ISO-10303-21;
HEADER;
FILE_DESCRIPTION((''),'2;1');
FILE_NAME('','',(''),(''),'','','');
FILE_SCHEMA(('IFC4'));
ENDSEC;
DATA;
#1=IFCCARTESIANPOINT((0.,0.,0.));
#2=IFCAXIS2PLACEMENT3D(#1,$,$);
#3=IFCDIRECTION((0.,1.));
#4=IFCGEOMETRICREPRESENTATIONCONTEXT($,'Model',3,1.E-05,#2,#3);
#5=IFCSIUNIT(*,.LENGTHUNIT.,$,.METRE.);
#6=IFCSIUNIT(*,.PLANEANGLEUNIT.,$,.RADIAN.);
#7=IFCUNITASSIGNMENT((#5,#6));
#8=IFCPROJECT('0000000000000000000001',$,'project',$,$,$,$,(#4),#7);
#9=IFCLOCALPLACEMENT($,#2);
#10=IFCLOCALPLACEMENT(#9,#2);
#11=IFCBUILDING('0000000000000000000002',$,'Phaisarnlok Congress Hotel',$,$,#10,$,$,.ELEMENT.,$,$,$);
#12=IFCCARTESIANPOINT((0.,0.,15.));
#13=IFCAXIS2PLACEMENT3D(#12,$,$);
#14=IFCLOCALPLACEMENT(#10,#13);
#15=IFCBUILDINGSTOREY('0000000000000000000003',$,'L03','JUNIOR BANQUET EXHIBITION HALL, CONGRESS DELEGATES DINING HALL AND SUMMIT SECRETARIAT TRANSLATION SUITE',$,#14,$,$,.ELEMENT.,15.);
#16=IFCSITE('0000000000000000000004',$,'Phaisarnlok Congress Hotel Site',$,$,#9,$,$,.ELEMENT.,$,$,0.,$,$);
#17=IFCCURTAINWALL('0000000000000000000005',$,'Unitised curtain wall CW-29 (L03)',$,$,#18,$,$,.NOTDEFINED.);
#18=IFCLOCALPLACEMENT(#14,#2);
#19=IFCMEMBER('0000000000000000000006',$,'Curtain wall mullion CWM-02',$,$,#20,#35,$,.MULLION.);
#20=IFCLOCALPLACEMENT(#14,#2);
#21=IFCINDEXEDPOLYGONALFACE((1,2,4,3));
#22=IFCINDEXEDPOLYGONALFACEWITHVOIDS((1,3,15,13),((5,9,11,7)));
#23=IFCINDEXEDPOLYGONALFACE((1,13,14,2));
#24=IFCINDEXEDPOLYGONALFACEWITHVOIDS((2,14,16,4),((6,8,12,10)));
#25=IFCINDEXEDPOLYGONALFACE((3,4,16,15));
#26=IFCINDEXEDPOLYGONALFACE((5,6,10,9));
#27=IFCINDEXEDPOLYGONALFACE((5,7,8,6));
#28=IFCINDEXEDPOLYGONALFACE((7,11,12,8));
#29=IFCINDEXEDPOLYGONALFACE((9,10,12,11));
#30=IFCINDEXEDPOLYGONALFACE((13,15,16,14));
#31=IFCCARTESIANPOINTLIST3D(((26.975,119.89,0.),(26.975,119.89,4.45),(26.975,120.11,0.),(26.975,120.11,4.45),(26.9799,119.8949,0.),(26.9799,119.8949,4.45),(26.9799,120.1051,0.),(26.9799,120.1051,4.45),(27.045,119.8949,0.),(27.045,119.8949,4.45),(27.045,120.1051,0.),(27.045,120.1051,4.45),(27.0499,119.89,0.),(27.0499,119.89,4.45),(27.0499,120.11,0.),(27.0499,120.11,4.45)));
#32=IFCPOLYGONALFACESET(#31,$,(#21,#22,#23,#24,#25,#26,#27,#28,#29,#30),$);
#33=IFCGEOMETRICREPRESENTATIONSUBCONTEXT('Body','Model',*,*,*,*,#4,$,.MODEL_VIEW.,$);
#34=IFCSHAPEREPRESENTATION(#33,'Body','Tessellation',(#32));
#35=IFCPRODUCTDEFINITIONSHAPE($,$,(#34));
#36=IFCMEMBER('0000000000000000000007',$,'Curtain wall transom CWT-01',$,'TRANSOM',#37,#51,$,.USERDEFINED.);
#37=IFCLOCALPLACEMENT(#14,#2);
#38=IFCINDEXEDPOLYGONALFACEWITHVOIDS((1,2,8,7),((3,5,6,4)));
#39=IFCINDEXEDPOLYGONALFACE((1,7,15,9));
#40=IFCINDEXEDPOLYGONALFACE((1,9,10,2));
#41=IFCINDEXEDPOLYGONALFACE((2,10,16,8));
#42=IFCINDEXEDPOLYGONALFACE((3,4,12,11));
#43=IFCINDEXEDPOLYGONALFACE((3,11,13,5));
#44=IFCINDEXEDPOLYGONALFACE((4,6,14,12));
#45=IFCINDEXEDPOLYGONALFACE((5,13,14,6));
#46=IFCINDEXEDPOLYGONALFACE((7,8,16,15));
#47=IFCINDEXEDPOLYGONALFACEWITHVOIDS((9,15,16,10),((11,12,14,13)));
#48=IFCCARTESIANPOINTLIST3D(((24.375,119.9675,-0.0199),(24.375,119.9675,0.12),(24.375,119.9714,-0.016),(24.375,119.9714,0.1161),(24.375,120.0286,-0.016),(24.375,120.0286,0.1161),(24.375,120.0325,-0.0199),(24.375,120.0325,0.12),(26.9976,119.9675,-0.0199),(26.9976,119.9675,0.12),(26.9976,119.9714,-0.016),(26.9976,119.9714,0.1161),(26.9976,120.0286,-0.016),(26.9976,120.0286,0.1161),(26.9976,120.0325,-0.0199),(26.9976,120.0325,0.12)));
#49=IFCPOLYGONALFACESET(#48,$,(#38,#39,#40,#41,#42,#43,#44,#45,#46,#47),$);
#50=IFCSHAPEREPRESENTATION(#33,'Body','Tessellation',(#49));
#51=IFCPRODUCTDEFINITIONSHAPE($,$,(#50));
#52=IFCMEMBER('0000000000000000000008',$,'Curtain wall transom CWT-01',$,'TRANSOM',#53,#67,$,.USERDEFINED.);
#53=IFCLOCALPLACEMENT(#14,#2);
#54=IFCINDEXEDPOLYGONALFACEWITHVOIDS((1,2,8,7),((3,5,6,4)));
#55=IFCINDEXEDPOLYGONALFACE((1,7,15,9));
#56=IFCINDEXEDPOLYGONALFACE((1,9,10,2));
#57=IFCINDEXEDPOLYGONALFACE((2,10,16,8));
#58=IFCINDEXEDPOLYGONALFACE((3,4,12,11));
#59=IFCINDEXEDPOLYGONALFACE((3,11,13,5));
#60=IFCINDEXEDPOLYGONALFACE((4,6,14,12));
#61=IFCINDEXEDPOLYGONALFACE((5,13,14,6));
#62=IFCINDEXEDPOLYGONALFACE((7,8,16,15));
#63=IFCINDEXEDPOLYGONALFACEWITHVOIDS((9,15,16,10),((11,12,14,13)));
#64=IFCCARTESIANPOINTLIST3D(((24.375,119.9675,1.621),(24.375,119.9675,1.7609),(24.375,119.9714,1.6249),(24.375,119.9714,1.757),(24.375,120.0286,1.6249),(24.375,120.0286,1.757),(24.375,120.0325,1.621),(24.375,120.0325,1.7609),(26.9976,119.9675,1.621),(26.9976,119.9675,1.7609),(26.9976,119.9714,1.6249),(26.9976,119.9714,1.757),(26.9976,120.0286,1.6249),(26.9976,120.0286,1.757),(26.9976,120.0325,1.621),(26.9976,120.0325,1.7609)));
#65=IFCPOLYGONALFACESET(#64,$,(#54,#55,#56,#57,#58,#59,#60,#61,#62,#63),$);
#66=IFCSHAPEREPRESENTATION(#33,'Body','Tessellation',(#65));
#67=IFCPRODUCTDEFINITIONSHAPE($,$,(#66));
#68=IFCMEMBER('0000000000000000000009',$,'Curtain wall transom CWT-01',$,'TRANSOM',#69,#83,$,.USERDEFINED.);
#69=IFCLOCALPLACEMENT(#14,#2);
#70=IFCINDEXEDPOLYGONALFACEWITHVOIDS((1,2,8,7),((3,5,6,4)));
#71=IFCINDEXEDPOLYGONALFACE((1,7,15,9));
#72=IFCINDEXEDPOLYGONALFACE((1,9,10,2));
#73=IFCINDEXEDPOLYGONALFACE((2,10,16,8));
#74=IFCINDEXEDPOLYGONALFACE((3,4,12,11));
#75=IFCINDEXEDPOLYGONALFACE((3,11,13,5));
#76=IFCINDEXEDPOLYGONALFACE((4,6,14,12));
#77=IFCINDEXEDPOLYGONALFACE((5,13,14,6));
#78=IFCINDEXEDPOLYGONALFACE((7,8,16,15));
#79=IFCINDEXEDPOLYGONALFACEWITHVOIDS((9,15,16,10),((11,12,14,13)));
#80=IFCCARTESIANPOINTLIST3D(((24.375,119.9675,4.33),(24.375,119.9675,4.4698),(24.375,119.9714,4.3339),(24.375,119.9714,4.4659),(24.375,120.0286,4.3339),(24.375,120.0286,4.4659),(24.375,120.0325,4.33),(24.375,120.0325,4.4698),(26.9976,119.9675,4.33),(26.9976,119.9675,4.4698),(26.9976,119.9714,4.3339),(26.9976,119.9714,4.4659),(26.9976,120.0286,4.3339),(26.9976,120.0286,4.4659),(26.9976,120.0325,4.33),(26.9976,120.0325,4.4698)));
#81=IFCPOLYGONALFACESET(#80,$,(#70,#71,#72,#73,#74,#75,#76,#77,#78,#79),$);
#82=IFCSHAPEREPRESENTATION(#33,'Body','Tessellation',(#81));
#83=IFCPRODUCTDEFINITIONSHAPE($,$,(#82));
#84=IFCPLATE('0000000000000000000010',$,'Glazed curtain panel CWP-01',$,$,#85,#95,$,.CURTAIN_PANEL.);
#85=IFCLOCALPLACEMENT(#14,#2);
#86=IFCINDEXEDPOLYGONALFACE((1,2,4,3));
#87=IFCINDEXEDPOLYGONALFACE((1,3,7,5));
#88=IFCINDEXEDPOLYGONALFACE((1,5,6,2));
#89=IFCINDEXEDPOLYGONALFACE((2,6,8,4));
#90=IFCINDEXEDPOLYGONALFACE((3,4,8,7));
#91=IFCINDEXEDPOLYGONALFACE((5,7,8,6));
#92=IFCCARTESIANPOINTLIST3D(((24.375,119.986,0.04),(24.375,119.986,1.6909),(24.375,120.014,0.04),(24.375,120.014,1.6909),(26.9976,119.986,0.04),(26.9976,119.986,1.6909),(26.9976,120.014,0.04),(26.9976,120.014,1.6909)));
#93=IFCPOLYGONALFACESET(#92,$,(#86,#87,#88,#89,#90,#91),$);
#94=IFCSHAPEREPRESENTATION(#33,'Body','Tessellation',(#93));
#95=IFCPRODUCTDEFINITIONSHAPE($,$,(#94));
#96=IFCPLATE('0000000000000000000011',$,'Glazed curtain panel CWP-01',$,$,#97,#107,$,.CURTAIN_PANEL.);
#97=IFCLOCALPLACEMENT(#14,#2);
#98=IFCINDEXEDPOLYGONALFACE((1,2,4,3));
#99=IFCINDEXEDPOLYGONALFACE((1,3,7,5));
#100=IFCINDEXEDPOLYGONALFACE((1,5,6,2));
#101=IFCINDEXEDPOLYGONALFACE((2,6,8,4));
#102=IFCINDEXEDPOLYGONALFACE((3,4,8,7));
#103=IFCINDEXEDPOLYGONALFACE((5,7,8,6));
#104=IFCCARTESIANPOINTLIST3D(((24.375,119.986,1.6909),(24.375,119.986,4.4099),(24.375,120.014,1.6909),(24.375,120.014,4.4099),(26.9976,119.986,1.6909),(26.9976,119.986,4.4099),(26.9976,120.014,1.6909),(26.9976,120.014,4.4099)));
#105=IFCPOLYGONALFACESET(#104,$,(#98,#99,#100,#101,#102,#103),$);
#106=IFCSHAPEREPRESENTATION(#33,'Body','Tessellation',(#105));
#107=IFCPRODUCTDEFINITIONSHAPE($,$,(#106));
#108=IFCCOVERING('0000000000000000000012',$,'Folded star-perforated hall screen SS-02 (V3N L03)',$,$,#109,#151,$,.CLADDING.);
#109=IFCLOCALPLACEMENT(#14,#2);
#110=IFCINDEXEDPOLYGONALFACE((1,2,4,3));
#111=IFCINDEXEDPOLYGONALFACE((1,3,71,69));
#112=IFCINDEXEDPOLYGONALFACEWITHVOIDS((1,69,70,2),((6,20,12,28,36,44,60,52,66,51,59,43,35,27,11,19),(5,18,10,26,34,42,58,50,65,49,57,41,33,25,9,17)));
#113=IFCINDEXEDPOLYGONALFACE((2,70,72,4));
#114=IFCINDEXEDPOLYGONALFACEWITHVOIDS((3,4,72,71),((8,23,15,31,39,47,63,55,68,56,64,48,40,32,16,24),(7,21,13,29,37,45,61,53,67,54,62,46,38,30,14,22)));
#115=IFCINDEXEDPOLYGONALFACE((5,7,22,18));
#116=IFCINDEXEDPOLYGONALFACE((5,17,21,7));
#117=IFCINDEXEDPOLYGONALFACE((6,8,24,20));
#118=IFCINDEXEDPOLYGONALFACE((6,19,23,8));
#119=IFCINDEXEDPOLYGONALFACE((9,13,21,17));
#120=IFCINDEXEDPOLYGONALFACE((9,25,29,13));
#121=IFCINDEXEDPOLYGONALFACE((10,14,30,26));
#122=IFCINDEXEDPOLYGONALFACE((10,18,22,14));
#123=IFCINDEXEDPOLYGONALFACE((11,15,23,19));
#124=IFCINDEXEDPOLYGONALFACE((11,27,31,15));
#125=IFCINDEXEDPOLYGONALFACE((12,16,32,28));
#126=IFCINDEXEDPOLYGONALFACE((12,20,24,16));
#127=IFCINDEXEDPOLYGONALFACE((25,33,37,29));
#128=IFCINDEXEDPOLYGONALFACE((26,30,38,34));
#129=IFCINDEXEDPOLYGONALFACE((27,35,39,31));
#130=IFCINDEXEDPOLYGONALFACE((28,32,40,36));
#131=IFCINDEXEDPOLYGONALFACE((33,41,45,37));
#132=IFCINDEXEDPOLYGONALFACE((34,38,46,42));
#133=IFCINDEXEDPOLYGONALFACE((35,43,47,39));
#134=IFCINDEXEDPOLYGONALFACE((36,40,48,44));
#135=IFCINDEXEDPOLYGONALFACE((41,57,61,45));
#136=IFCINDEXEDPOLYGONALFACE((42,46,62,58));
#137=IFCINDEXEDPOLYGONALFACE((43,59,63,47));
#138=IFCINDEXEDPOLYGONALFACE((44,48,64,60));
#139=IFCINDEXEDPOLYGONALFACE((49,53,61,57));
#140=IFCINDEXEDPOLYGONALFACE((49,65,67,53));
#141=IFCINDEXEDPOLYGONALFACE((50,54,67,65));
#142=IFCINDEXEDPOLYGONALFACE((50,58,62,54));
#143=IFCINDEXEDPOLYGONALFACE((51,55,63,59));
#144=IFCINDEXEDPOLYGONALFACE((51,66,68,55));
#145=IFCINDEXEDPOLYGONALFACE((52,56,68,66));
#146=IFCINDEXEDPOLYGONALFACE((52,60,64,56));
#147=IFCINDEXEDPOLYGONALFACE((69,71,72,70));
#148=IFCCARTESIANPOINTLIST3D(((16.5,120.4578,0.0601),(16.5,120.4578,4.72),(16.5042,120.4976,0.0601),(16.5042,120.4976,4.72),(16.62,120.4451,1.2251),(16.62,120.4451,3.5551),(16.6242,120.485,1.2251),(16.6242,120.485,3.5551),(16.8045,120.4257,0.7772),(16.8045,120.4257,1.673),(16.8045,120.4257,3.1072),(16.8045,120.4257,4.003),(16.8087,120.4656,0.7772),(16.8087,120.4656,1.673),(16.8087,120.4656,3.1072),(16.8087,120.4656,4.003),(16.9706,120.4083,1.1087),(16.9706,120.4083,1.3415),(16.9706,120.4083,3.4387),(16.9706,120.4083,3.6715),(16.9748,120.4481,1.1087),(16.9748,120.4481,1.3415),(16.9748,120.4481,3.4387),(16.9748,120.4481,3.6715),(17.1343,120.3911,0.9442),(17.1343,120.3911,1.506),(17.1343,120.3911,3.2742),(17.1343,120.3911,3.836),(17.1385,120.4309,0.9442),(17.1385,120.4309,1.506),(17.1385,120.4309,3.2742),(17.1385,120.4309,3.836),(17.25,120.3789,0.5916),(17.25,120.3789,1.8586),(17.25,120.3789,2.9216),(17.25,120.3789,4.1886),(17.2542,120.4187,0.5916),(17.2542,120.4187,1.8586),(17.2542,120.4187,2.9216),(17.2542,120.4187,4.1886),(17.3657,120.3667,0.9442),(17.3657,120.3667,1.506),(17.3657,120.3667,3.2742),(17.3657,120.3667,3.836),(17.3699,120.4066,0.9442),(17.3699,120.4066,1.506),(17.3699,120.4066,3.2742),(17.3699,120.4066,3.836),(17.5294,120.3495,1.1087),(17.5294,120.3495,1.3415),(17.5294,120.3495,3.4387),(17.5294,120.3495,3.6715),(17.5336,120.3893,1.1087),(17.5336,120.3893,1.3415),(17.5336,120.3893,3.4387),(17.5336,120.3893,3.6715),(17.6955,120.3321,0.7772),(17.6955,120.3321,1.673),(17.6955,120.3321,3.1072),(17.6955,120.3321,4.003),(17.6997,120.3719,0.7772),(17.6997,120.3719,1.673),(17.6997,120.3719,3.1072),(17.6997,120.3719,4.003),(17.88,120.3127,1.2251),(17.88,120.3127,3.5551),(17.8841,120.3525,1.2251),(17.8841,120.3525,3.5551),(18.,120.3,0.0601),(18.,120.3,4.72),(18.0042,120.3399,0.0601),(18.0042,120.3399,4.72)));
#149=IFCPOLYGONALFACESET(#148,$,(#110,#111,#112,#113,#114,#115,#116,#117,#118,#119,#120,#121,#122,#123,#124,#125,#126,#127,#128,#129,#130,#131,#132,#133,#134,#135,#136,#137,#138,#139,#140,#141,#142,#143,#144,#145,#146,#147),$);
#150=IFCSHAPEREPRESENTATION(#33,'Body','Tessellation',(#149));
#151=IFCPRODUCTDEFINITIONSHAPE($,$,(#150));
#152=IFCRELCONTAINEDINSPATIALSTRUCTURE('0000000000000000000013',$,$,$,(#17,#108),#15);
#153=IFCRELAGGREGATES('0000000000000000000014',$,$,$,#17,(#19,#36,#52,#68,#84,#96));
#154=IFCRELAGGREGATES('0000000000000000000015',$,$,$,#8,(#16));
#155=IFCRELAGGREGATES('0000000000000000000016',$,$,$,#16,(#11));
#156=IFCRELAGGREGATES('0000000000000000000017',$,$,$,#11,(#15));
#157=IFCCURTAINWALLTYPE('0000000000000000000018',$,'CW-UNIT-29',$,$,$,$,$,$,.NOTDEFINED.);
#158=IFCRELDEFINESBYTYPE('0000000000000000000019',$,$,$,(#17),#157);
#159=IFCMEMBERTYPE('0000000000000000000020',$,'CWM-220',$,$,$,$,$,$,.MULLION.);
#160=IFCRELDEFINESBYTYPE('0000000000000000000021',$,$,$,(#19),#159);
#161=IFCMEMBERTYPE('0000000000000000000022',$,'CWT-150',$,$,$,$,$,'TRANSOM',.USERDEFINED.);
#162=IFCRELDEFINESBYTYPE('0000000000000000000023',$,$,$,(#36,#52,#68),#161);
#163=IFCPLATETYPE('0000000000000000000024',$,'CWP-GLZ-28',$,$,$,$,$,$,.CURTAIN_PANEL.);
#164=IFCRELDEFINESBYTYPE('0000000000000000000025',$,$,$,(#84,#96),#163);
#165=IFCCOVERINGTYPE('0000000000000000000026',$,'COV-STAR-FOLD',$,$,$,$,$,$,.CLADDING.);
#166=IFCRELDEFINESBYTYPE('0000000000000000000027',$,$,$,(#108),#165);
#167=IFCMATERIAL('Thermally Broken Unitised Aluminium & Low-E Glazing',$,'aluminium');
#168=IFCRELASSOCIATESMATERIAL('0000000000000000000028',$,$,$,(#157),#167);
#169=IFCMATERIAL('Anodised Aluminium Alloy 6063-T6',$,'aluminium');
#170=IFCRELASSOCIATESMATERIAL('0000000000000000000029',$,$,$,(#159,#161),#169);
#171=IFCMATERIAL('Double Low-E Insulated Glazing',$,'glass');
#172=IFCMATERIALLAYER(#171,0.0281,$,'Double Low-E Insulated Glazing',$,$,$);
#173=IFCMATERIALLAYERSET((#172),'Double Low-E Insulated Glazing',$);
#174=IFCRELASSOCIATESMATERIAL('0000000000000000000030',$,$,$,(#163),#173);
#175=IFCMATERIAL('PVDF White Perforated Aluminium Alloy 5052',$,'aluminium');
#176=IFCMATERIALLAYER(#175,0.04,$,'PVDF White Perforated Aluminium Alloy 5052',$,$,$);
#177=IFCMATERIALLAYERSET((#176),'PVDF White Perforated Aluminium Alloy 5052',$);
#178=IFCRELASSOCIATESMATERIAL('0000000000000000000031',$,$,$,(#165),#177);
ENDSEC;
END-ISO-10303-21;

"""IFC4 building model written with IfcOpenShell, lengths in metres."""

from ifc_helpers import new_model, si_unit, direction, frame, frame_2d, origin, origin_2d, place, context, subcontext, project, spatial, polyline, rectangle, hollow_rectangle, outline, extrude, material, layer, layer_set, material_profile, profile_set, type_object, element, aggregate, save


model = new_model("IFC4")

# Units and contexts
model_context = context("Model", 3, precision=1e-05, world=origin(), true_north=direction((0.0, 1.0)))
body_context = subcontext(model_context, "Body", "Model", "MODEL_VIEW")
ifc_project = project(units=[si_unit("LENGTHUNIT", "METRE"), si_unit("PLANEANGLEUNIT", "RADIAN")], contexts=[model_context])

# Site, building, storey
site_placement = place(None, origin())
site = spatial("IfcSite", under=ifc_project, at=site_placement, Name="Phaisarnlok Congress Hotel Site", CompositionType="ELEMENT", RefElevation=0.0)
building_placement = place(site_placement, origin())
building = spatial("IfcBuilding", under=site, at=building_placement, Name="Phaisarnlok Congress Hotel", CompositionType="ELEMENT")
storey_placement = place(building_placement, frame((0.0, 0.0, 15.0)))
storey = spatial("IfcBuildingStorey", under=building, at=storey_placement, Name="L03", Description="JUNIOR BANQUET EXHIBITION HALL, CONGRESS DELEGATES DINING HALL AND SUMMIT SECRETARIAT TRANSLATION SUITE", CompositionType="ELEMENT", Elevation=15.0)

# Curtain wall, members, plates
ifc_material_1 = material(Name="Thermally Broken Unitised Aluminium & Low-E Glazing", Category="aluminium")
curtain_wall_type = type_object("IfcCurtainWallType", Name="CW-UNIT-29", PredefinedType="NOTDEFINED", material=ifc_material_1)
curtain_wall_placement = place(storey_placement, origin())
curtain_wall = element("IfcCurtainWall", 1, at=curtain_wall_placement, inside=storey, type_object=curtain_wall_type, Name="Unitised curtain wall CW-29 (L03)", PredefinedType="NOTDEFINED")
ifc_material_2 = material(Name="Anodised Aluminium Alloy 6063-T6", Category="aluminium")
ifc_material_profile_1 = material_profile(ifc_material_2, hollow_rectangle(XDim=0.075, YDim=0.22, WallThickness=0.0049, at=origin_2d()), Name="ALU-M 75x220x5")
ifc_profile_set_1 = profile_set([ifc_material_profile_1], Name="Anodised Aluminium Alloy 6063-T6")
member_type_1 = type_object("IfcMemberType", Name="CWM-220", PredefinedType="MULLION", material=ifc_profile_set_1)
member_1_placement = place(storey_placement, frame((27.0125, 120.0, 0.0), z_axis=(0.0, 0.0, 1.0), x_axis=(-1.0, 0.0, 0.0)))
member_1 = element("IfcMember", 2, at=member_1_placement, type_object=member_type_1, Name="Curtain wall mullion CWM-02", PredefinedType="MULLION", context=body_context, shape_type="SweptSolid", body=[
    extrude(hollow_rectangle(XDim=0.075, YDim=0.22, WallThickness=0.0049, at=origin_2d()), origin(), (0.0, 0.0, 1.0), 4.45),
])
ifc_material_profile_2 = material_profile(ifc_material_2, hollow_rectangle(XDim=0.0649, YDim=0.1399, WallThickness=0.0039, at=origin_2d()), Name="ALU-T 65x140x4")
ifc_profile_set_2 = profile_set([ifc_material_profile_2], Name="Anodised Aluminium Alloy 6063-T6")
member_type_2 = type_object("IfcMemberType", Name="CWT-150", ElementType="TRANSOM", PredefinedType="USERDEFINED", material=ifc_profile_set_2)
member_2_placement = place(storey_placement, frame((26.9976, 120.0, 0.05), z_axis=(-1.0, 0.0, 0.0), x_axis=(0.0, -1.0, 0.0)))
member_2 = element("IfcMember", 3, at=member_2_placement, type_object=member_type_2, Name="Curtain wall transom CWT-01", ObjectType="TRANSOM", PredefinedType="USERDEFINED", context=body_context, shape_type="SweptSolid", body=[
    extrude(hollow_rectangle(XDim=0.0649, YDim=0.1399, WallThickness=0.0039, at=origin_2d()), origin(), (0.0, 0.0, 1.0), 2.6226),
])
member_3_placement = place(storey_placement, frame((26.9976, 120.0, 1.6909), z_axis=(-1.0, 0.0, 0.0), x_axis=(0.0, -1.0, 0.0)))
member_3 = element("IfcMember", 4, at=member_3_placement, type_object=member_type_2, Name="Curtain wall transom CWT-01", ObjectType="TRANSOM", PredefinedType="USERDEFINED", context=body_context, shape_type="SweptSolid", body=[
    extrude(hollow_rectangle(XDim=0.0649, YDim=0.1399, WallThickness=0.0039, at=origin_2d()), origin(), (0.0, 0.0, 1.0), 2.6226),
])
member_4_placement = place(storey_placement, frame((26.9976, 120.0, 4.3999), z_axis=(-1.0, 0.0, 0.0), x_axis=(0.0, -1.0, 0.0)))
member_4 = element("IfcMember", 5, at=member_4_placement, type_object=member_type_2, Name="Curtain wall transom CWT-01", ObjectType="TRANSOM", PredefinedType="USERDEFINED", context=body_context, shape_type="SweptSolid", body=[
    extrude(hollow_rectangle(XDim=0.0649, YDim=0.1399, WallThickness=0.0039, at=origin_2d()), origin(), (0.0, 0.0, 1.0), 2.6226),
])
ifc_material_3 = material(Name="Double Low-E Insulated Glazing", Category="glass")
ifc_layer_1 = layer(ifc_material_3, 0.0281, Name="Double Low-E Insulated Glazing")
ifc_layer_set_1 = layer_set([ifc_layer_1], Name="Double Low-E Insulated Glazing")
plate_type = type_object("IfcPlateType", Name="CWP-GLZ-28", PredefinedType="CURTAIN_PANEL", material=ifc_layer_set_1)
plate_1_placement = place(storey_placement, frame((26.9976, 120.0, 0.04), z_axis=(0.0, 0.0, 1.0), x_axis=(-1.0, 0.0, 0.0)))
plate_1 = element("IfcPlate", 6, at=plate_1_placement, type_object=plate_type, Name="Glazed curtain panel CWP-01", PredefinedType="CURTAIN_PANEL", context=body_context, shape_type="SweptSolid", body=[
    extrude(rectangle(XDim=2.6226, YDim=0.0281, at=frame_2d((1.3113, 0.0))), origin(), (0.0, 0.0, 1.0), 1.6509),
])
plate_2_placement = place(storey_placement, frame((26.9976, 120.0, 1.6909), z_axis=(0.0, 0.0, 1.0), x_axis=(-1.0, 0.0, 0.0)))
plate_2 = element("IfcPlate", 7, at=plate_2_placement, type_object=plate_type, Name="Glazed curtain panel CWP-01", PredefinedType="CURTAIN_PANEL", context=body_context, shape_type="SweptSolid", body=[
    extrude(rectangle(XDim=2.6226, YDim=0.0281, at=frame_2d((1.3113, 0.0))), origin(), (0.0, 0.0, 1.0), 2.719),
])
aggregate(curtain_wall, [member_1, member_2, member_3, member_4, plate_1, plate_2])

# Covering
ifc_material_4 = material(Name="PVDF White Perforated Aluminium Alloy 5052", Category="aluminium")
ifc_layer_2 = layer(ifc_material_4, 0.04, Name="PVDF White Perforated Aluminium Alloy 5052")
ifc_layer_set_2 = layer_set([ifc_layer_2], Name="PVDF White Perforated Aluminium Alloy 5052")
covering_type = type_object("IfcCoveringType", Name="COV-STAR-FOLD", PredefinedType="CLADDING", material=ifc_layer_set_2)
for number, where, z_axis, x_axis, name in (
    (8, (18.0, 120.3, 0.0601), (0.104567, 0.994518, 0.0), (-0.994518, 0.104567, 0.0), "Folded star-perforated hall screen SS-02 (V3N L03)"),
):
    element("IfcCovering", number, at=place(storey_placement, frame(where, z_axis=z_axis, x_axis=x_axis)), inside=storey, type_object=covering_type, Name=name, PredefinedType="CLADDING", context=body_context, shape_type="SweptSolid", body=[
        extrude(outline(polyline([(0.0, 0.0), (1.5083, 0.0), (1.5083, 4.6599), (0.0, 4.6599), (0.0, 0.0)]), holes=[polyline([(1.0351, 1.0486), (1.2021, 0.7171), (0.8705, 0.8841), (0.7541, 0.5315), (0.6378, 0.8841), (0.3062, 0.7171), (0.4732, 1.0486), (0.1207, 1.165), (0.4732, 1.2814), (0.3062, 1.6129), (0.6378, 1.4459), (0.7541, 1.7985), (0.8705, 1.4459), (1.2021, 1.6129), (1.0351, 1.2814), (1.3876, 1.165), (1.0351, 1.0486)]), polyline([(1.0351, 3.3786), (1.2021, 3.0471), (0.8705, 3.2141), (0.7541, 2.8615), (0.6378, 3.2141), (0.3062, 3.0471), (0.4732, 3.3786), (0.1207, 3.495), (0.4732, 3.6114), (0.3062, 3.9429), (0.6378, 3.7759), (0.7541, 4.1285), (0.8705, 3.7759), (1.2021, 3.9429), (1.0351, 3.6114), (1.3876, 3.495), (1.0351, 3.3786)])]), origin(), (0.0, 0.0, 1.0), 0.04),
    ])

save(model, "model.ifc")
